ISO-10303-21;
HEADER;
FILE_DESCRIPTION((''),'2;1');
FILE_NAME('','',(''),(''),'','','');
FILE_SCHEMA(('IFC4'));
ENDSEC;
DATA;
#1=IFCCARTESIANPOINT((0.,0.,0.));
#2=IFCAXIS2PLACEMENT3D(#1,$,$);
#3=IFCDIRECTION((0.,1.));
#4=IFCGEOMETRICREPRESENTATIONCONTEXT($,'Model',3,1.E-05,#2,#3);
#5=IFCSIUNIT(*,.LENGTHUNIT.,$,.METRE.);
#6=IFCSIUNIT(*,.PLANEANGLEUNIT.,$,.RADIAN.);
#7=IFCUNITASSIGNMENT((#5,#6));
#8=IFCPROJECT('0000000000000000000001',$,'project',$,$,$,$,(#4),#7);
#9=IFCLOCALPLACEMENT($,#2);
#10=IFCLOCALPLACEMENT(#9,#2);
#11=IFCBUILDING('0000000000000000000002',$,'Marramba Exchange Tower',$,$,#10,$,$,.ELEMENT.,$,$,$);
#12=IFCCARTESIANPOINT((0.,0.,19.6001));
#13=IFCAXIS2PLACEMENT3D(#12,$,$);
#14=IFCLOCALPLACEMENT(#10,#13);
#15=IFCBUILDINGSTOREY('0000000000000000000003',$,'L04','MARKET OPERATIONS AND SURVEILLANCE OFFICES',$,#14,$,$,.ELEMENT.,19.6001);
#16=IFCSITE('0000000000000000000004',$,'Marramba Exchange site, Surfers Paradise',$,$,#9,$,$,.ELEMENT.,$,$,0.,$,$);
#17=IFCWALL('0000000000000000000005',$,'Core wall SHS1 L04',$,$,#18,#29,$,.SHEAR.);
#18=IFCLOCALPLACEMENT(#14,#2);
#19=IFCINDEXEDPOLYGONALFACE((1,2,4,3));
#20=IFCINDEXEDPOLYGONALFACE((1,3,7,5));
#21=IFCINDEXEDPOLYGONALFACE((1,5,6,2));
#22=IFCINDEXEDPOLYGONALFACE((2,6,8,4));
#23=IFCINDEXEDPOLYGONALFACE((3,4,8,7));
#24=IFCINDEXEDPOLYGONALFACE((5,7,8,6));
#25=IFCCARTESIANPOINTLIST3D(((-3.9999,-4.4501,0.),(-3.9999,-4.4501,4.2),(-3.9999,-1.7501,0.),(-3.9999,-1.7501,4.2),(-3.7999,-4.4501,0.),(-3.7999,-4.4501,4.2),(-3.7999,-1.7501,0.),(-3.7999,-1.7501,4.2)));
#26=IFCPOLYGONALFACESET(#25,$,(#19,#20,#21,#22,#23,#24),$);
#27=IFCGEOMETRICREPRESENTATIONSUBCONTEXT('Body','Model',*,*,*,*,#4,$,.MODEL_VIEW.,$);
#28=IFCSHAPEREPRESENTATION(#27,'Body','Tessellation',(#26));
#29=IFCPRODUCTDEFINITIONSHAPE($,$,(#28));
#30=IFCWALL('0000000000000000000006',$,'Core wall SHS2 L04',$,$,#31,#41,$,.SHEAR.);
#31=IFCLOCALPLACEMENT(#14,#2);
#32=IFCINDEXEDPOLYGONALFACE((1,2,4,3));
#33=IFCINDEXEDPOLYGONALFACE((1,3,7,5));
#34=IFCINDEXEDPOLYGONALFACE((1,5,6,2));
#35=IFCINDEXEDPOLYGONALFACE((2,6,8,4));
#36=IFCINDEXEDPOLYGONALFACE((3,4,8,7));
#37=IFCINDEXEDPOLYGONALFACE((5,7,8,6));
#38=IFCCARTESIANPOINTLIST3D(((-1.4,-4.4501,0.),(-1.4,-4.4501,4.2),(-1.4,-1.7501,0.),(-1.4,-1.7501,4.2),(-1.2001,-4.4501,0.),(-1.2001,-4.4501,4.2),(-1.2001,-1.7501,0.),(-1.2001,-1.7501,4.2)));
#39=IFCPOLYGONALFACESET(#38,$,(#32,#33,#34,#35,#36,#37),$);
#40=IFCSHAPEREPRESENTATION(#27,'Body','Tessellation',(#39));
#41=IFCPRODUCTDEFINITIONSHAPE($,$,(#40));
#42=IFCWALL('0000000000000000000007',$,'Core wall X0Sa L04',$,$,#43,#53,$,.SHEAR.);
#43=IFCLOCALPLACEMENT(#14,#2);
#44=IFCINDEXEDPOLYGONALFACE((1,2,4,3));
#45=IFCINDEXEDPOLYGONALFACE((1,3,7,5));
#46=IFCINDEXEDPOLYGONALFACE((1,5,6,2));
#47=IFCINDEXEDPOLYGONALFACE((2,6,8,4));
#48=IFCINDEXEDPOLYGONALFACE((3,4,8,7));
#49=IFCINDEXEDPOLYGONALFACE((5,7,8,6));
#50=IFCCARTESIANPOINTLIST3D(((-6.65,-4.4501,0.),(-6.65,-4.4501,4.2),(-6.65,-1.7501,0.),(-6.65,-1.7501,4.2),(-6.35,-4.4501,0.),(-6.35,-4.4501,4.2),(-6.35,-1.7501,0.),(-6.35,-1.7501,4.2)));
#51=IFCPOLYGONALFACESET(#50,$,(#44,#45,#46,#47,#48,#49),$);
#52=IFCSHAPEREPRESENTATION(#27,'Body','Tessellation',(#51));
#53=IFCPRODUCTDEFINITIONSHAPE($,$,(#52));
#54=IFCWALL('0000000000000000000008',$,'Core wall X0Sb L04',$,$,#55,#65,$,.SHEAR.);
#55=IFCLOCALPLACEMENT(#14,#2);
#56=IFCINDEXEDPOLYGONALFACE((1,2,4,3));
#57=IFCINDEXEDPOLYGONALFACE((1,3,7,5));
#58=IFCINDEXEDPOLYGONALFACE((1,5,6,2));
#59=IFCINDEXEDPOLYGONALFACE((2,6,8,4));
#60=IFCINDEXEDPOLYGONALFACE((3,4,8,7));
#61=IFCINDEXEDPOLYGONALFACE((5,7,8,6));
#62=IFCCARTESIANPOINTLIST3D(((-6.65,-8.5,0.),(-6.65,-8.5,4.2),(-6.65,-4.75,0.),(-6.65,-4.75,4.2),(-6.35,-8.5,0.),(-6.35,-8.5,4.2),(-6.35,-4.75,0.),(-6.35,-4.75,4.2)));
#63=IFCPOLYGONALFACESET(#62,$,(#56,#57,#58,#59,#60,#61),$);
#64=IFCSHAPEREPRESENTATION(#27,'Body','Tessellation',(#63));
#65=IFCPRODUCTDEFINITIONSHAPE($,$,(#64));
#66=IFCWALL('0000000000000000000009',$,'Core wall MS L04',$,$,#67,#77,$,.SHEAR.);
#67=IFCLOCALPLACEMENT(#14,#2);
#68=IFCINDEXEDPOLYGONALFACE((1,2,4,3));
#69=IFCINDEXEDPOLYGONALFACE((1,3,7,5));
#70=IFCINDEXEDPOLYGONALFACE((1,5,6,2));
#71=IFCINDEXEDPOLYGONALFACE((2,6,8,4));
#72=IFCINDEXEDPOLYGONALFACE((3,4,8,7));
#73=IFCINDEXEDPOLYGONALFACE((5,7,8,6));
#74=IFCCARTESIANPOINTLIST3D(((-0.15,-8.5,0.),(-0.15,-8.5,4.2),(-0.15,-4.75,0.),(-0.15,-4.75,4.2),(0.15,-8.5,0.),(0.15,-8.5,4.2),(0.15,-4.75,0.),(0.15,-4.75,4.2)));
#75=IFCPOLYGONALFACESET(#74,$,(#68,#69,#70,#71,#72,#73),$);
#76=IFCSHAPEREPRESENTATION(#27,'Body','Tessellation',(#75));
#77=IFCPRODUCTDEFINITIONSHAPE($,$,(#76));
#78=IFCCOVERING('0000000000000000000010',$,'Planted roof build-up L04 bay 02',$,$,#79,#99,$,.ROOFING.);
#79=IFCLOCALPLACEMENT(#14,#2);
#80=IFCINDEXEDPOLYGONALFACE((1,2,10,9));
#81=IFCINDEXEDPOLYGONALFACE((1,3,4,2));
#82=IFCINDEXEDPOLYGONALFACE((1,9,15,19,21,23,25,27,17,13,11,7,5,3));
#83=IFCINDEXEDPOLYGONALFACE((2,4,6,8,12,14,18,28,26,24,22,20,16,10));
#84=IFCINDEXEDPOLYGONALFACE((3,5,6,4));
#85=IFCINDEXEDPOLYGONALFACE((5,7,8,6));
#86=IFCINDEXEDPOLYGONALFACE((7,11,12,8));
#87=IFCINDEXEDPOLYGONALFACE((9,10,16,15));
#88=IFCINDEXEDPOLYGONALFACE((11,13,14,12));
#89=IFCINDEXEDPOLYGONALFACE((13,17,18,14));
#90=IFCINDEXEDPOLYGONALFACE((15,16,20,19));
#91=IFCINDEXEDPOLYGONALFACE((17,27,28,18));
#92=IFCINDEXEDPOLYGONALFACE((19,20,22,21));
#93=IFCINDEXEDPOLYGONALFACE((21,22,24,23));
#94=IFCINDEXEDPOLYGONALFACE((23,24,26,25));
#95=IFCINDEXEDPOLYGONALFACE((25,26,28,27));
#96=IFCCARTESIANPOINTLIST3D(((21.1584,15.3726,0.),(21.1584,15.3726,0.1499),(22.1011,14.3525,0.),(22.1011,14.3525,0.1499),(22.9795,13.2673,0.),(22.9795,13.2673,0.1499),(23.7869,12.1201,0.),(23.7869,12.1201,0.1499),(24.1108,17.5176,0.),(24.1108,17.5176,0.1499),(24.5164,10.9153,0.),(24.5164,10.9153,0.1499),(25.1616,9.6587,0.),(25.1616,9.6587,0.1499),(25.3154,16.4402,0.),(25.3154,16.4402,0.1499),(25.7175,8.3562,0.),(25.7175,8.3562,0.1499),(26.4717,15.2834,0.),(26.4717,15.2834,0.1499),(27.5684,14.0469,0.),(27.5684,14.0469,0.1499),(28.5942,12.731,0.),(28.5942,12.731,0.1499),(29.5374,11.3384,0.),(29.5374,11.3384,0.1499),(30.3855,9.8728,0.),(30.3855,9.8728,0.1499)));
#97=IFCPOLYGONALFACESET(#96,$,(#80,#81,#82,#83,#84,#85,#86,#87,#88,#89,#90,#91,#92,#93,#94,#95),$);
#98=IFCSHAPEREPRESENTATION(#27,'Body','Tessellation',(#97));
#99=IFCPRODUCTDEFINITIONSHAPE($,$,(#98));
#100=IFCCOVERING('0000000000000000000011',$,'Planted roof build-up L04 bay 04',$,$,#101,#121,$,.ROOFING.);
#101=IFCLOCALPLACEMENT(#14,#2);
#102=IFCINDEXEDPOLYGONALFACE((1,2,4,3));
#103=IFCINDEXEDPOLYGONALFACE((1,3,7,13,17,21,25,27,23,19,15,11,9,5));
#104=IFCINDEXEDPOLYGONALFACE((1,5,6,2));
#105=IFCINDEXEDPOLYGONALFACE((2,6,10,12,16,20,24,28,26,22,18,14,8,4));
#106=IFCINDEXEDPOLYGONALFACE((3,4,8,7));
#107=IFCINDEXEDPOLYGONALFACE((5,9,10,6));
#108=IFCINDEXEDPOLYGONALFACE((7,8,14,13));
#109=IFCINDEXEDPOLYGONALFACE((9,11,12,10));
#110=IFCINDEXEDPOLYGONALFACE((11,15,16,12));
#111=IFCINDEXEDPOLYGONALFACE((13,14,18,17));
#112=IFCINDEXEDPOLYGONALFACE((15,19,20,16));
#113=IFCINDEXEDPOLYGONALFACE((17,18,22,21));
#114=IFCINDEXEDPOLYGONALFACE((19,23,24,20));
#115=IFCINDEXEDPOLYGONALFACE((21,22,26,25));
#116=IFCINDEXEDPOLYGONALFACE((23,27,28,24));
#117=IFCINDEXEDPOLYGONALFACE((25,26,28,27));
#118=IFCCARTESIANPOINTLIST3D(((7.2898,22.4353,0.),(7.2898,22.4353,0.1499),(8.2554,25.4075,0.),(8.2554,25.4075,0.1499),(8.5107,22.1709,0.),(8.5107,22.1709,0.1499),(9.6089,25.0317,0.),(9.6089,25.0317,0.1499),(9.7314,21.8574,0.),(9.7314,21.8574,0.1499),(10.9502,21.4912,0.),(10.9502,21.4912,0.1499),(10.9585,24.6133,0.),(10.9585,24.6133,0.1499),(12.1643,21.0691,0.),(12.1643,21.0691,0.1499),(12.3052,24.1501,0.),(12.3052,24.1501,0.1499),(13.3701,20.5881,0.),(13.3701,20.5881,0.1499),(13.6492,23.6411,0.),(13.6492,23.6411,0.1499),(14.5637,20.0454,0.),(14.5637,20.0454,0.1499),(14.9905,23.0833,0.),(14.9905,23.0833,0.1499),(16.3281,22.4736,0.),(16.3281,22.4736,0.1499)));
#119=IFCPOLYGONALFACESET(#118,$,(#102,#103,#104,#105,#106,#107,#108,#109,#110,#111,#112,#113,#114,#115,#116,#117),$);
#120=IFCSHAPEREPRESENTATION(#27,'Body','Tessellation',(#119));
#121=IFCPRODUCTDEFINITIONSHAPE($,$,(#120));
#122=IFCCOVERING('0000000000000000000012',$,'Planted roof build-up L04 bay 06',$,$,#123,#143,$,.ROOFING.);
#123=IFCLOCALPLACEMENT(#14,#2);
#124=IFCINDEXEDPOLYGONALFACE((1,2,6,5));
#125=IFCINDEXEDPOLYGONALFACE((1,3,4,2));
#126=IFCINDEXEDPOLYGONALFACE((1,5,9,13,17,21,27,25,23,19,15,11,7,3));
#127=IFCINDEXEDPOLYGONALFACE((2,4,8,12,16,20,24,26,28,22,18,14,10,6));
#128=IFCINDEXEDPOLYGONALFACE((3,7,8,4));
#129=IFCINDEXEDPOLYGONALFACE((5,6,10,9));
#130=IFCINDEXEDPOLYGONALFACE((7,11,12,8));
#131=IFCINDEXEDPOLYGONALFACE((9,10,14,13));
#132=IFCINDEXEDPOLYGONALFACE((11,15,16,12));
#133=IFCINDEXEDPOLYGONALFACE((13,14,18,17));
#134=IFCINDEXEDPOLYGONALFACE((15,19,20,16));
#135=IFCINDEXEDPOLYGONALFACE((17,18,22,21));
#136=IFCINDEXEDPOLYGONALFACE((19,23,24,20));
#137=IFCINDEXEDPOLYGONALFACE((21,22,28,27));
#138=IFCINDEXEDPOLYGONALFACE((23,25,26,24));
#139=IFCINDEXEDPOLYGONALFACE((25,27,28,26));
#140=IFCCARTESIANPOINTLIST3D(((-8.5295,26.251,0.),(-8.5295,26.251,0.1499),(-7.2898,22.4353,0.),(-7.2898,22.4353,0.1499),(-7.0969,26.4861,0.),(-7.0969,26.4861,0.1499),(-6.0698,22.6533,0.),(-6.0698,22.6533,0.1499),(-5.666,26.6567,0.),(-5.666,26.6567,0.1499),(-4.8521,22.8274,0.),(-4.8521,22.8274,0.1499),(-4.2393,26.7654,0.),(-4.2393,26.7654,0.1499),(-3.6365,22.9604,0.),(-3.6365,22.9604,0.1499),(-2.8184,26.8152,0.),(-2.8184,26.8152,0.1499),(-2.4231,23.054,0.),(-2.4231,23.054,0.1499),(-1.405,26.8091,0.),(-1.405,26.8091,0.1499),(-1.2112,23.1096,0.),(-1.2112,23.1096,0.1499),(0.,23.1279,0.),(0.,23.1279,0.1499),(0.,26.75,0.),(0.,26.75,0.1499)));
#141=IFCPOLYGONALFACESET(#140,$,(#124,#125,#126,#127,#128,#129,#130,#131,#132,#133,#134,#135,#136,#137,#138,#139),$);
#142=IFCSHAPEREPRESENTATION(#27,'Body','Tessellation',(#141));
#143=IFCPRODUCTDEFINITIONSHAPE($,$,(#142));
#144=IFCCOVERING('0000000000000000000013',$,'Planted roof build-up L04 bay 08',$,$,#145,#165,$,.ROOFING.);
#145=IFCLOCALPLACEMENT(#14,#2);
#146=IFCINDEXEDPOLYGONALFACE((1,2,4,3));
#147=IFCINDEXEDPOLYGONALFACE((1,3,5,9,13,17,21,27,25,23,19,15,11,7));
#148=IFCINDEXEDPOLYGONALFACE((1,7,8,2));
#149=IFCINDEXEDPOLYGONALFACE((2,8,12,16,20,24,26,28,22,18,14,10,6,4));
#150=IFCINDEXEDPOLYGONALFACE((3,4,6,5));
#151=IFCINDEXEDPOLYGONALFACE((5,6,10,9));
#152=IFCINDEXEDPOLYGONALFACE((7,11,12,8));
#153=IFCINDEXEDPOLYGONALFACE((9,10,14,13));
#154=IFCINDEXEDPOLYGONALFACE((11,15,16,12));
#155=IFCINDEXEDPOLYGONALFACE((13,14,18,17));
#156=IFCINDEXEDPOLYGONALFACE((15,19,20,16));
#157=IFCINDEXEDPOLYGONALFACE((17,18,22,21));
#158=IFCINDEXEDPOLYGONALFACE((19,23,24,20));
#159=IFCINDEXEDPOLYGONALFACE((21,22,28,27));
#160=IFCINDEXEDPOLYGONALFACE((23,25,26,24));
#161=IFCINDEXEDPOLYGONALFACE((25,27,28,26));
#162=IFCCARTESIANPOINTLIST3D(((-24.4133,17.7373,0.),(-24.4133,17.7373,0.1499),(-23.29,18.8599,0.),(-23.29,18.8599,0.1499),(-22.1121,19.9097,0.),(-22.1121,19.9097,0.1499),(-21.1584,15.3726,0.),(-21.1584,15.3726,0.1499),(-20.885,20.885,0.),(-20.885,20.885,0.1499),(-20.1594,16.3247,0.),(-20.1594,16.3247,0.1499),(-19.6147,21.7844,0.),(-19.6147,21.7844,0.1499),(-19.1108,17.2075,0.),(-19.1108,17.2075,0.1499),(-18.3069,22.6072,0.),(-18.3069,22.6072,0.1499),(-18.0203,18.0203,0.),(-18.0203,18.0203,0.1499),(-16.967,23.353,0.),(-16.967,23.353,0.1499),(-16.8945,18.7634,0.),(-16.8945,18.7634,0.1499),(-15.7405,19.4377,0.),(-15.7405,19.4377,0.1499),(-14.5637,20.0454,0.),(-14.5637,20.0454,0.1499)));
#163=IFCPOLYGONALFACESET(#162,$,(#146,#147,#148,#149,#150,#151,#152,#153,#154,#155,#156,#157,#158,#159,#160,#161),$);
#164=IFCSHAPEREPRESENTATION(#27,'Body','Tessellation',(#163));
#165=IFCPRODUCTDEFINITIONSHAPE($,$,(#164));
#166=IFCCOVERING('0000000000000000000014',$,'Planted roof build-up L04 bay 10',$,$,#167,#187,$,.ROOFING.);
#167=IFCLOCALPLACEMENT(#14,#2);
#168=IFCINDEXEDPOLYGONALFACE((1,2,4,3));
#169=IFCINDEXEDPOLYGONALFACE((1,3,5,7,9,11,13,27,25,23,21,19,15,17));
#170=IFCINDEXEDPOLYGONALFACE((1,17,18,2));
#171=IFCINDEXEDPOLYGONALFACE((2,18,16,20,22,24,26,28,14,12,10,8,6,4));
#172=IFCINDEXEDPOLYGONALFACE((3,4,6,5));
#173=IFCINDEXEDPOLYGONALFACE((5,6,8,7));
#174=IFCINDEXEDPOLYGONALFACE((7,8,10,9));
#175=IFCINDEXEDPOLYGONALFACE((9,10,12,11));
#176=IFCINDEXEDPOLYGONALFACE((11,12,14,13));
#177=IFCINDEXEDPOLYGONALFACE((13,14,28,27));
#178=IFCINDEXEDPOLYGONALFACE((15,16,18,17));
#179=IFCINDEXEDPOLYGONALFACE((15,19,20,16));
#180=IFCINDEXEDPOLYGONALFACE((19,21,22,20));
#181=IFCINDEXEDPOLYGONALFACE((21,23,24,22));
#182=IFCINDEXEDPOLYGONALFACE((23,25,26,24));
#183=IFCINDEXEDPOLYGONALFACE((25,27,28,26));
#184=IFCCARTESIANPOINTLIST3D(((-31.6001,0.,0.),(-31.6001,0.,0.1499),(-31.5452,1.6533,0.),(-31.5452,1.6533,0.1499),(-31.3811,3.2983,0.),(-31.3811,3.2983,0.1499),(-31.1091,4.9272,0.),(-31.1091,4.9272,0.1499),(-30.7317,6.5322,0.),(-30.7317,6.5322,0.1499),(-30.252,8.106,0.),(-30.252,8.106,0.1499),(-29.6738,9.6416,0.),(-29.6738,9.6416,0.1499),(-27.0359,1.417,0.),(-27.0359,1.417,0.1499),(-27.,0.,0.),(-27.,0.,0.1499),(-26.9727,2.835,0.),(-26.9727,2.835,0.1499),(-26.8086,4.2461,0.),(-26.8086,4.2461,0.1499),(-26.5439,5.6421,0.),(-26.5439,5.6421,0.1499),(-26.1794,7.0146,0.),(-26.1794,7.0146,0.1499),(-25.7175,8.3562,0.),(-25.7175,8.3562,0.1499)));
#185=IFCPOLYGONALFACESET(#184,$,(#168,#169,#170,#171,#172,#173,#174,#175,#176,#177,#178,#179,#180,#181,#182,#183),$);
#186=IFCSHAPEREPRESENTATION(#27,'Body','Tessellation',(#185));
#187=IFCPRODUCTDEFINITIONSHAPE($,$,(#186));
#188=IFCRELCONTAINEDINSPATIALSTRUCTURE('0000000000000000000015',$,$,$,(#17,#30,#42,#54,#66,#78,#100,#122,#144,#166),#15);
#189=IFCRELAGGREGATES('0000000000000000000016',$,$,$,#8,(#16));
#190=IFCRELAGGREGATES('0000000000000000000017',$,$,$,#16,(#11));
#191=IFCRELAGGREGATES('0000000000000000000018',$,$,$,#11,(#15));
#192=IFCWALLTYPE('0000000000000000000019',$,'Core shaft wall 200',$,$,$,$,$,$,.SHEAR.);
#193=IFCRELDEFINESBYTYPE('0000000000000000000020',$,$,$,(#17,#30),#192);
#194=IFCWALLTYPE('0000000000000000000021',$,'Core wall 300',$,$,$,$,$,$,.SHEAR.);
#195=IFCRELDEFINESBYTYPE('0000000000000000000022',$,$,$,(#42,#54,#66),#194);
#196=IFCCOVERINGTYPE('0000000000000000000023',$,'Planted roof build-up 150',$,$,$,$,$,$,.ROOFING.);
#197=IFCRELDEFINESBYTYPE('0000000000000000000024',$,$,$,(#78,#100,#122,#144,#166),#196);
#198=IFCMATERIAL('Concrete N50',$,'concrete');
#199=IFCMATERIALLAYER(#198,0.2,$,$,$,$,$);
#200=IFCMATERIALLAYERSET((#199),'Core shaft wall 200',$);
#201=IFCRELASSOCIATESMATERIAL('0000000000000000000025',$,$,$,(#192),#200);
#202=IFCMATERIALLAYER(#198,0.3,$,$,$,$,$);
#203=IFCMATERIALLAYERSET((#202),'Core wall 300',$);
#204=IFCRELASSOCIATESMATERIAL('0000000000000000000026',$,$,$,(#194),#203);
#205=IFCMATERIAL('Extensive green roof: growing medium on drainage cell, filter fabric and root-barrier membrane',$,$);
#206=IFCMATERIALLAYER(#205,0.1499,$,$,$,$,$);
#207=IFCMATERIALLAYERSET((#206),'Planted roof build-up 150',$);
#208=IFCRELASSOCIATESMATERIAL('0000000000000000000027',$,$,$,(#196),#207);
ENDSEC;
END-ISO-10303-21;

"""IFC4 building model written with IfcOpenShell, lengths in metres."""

from ifc_helpers import new_model, si_unit, direction, frame, frame_2d, origin, place, context, subcontext, project, spatial, polyline, rectangle, outline, extrude, material, layer, layer_set, type_object, element, save


model = new_model("IFC4")

# Units and contexts
model_context = context("Model", 3, precision=1e-05, world=origin(), true_north=direction((0.0, 1.0)))
body_context = subcontext(model_context, "Body", "Model", "MODEL_VIEW")
ifc_project = project(units=[si_unit("LENGTHUNIT", "METRE"), si_unit("PLANEANGLEUNIT", "RADIAN")], contexts=[model_context])

# Site, building, storey
site_placement = place(None, origin())
site = spatial("IfcSite", under=ifc_project, at=site_placement, Name="Marramba Exchange site, Surfers Paradise", CompositionType="ELEMENT", RefElevation=0.0)
building_placement = place(site_placement, origin())
building = spatial("IfcBuilding", under=site, at=building_placement, Name="Marramba Exchange Tower", CompositionType="ELEMENT")
storey_placement = place(building_placement, frame((0.0, 0.0, 19.6001)))
storey = spatial("IfcBuildingStorey", under=building, at=storey_placement, Name="L04", Description="MARKET OPERATIONS AND SURVEILLANCE OFFICES", CompositionType="ELEMENT", Elevation=19.6001)

# Walls
ifc_material_1 = material(Name="Concrete N50", Category="concrete")
ifc_layer_1 = layer(ifc_material_1, 0.2)
ifc_layer_set_1 = layer_set([ifc_layer_1], Name="Core shaft wall 200")
wall_type_1 = type_object("IfcWallType", Name="Core shaft wall 200", PredefinedType="SHEAR", material=ifc_layer_set_1)
for number, where, z_axis, x_axis, name in (
    (1, (-3.8999, -1.75, 0.0), (0.0, 0.0, 1.0), (0.0, -1.0, 0.0), "Core wall SHS1 L04"),
    (2, (-1.3, -1.75, 0.0), (0.0, 0.0, 1.0), (0.0, -1.0, 0.0), "Core wall SHS2 L04"),
):
    element("IfcWall", number, at=place(storey_placement, frame(where, z_axis=z_axis, x_axis=x_axis)), inside=storey, type_object=wall_type_1, Name=name, PredefinedType="SHEAR", context=body_context, shape_type="SweptSolid", body=[
        extrude(rectangle(XDim=2.7, YDim=0.2, at=frame_2d((1.3501, 0.0))), origin(), (0.0, 0.0, 1.0), 4.2),
    ])
ifc_layer_2 = layer(ifc_material_1, 0.3)
ifc_layer_set_2 = layer_set([ifc_layer_2], Name="Core wall 300")
wall_type_2 = type_object("IfcWallType", Name="Core wall 300", PredefinedType="SHEAR", material=ifc_layer_set_2)
wall_1_placement = place(storey_placement, frame((-6.5, -1.75, 0.0), z_axis=(0.0, 0.0, 1.0), x_axis=(0.0, -1.0, 0.0)))
element("IfcWall", 3, at=wall_1_placement, inside=storey, type_object=wall_type_2, Name="Core wall X0Sa L04", PredefinedType="SHEAR", context=body_context, shape_type="SweptSolid", body=[
    extrude(rectangle(XDim=2.7, YDim=0.3, at=frame_2d((1.3501, 0.0))), origin(), (0.0, 0.0, 1.0), 4.2),
])
for number, where, z_axis, x_axis, name in (
    (4, (-6.5, -4.75, 0.0), (0.0, 0.0, 1.0), (0.0, -1.0, 0.0), "Core wall X0Sb L04"),
    (5, (0.0, -4.75, 0.0), (0.0, 0.0, 1.0), (0.0, -1.0, 0.0), "Core wall MS L04"),
):
    element("IfcWall", number, at=place(storey_placement, frame(where, z_axis=z_axis, x_axis=x_axis)), inside=storey, type_object=wall_type_2, Name=name, PredefinedType="SHEAR", context=body_context, shape_type="SweptSolid", body=[
        extrude(rectangle(XDim=3.75, YDim=0.3, at=frame_2d((1.875, 0.0))), origin(), (0.0, 0.0, 1.0), 4.2),
    ])

# Coverings
ifc_material_2 = material(Name="Extensive green roof: growing medium on drainage cell, filter fabric and root-barrier membrane")
ifc_layer_3 = layer(ifc_material_2, 0.1499)
ifc_layer_set_3 = layer_set([ifc_layer_3], Name="Planted roof build-up 150")
covering_type = type_object("IfcCoveringType", Name="Planted roof build-up 150", PredefinedType="ROOFING", material=ifc_layer_set_3)
covering_1_placement = place(storey_placement, origin())
element("IfcCovering", 6, at=covering_1_placement, inside=storey, type_object=covering_type, Name="Planted roof build-up L04 bay 02", PredefinedType="ROOFING", context=body_context, shape_type="SweptSolid", body=[
    extrude(outline(polyline([(25.7175, 8.3562), (25.1616, 9.6587), (24.5164, 10.9153), (23.7869, 12.1201), (22.9795, 13.2673), (22.1011, 14.3525), (21.1584, 15.3726), (24.1108, 17.5176), (25.3154, 16.4402), (26.4717, 15.2834), (27.5684, 14.0469), (28.5942, 12.731), (29.5374, 11.3384), (30.3855, 9.8728), (30.3855, 9.8728), (25.7175, 8.3562)])), origin(), (0.0, 0.0, 1.0), 0.1499),
])
covering_2_placement = place(storey_placement, origin())
element("IfcCovering", 7, at=covering_2_placement, inside=storey, type_object=covering_type, Name="Planted roof build-up L04 bay 04", PredefinedType="ROOFING", context=body_context, shape_type="SweptSolid", body=[
    extrude(outline(polyline([(14.5637, 20.0454), (13.3701, 20.5881), (12.1643, 21.0691), (10.9502, 21.4912), (9.7314, 21.8574), (8.5107, 22.1709), (7.2898, 22.4353), (8.2554, 25.4075), (9.6089, 25.0317), (10.9585, 24.6133), (12.3052, 24.1501), (13.6492, 23.6411), (14.9905, 23.0833), (16.3281, 22.4736), (14.5637, 20.0454)])), origin(), (0.0, 0.0, 1.0), 0.1499),
])
covering_3_placement = place(storey_placement, origin())
element("IfcCovering", 8, at=covering_3_placement, inside=storey, type_object=covering_type, Name="Planted roof build-up L04 bay 06", PredefinedType="ROOFING", context=body_context, shape_type="SweptSolid", body=[
    extrude(outline(polyline([(0.0, 23.1279), (-1.2112, 23.1096), (-2.4231, 23.054), (-3.6365, 22.9604), (-4.8521, 22.8274), (-6.0698, 22.6533), (-7.2898, 22.4353), (-8.5295, 26.251), (-8.5295, 26.251), (-7.0969, 26.4861), (-5.666, 26.6567), (-4.2393, 26.7654), (-2.8184, 26.8152), (-1.405, 26.8091), (0.0, 26.75), (0.0, 23.1279)])), origin(), (0.0, 0.0, 1.0), 0.1499),
])
covering_4_placement = place(storey_placement, origin())
element("IfcCovering", 9, at=covering_4_placement, inside=storey, type_object=covering_type, Name="Planted roof build-up L04 bay 08", PredefinedType="ROOFING", context=body_context, shape_type="SweptSolid", body=[
    extrude(outline(polyline([(-14.5637, 20.0454), (-15.7405, 19.4377), (-16.8945, 18.7634), (-18.0203, 18.0203), (-19.1108, 17.2075), (-20.1594, 16.3247), (-21.1584, 15.3726), (-24.4133, 17.7373), (-23.29, 18.8599), (-22.1121, 19.9097), (-20.885, 20.885), (-19.6147, 21.7844), (-18.3069, 22.6072), (-16.967, 23.353), (-16.967, 23.353), (-14.5637, 20.0454)])), origin(), (0.0, 0.0, 1.0), 0.1499),
])
covering_5_placement = place(storey_placement, origin())
element("IfcCovering", 10, at=covering_5_placement, inside=storey, type_object=covering_type, Name="Planted roof build-up L04 bay 10", PredefinedType="ROOFING", context=body_context, shape_type="SweptSolid", body=[
    extrude(outline(polyline([(-25.7175, 8.3562), (-26.1794, 7.0146), (-26.5439, 5.6421), (-26.8086, 4.2461), (-26.9727, 2.835), (-27.0359, 1.417), (-27.0, 0.0), (-31.6001, 0.0), (-31.5452, 1.6533), (-31.3811, 3.2983), (-31.1091, 4.9272), (-30.7317, 6.5322), (-30.252, 8.106), (-29.6738, 9.6416), (-29.6738, 9.6416), (-25.7175, 8.3562)])), origin(), (0.0, 0.0, 1.0), 0.1499),
])

save(model, "model.ifc")
